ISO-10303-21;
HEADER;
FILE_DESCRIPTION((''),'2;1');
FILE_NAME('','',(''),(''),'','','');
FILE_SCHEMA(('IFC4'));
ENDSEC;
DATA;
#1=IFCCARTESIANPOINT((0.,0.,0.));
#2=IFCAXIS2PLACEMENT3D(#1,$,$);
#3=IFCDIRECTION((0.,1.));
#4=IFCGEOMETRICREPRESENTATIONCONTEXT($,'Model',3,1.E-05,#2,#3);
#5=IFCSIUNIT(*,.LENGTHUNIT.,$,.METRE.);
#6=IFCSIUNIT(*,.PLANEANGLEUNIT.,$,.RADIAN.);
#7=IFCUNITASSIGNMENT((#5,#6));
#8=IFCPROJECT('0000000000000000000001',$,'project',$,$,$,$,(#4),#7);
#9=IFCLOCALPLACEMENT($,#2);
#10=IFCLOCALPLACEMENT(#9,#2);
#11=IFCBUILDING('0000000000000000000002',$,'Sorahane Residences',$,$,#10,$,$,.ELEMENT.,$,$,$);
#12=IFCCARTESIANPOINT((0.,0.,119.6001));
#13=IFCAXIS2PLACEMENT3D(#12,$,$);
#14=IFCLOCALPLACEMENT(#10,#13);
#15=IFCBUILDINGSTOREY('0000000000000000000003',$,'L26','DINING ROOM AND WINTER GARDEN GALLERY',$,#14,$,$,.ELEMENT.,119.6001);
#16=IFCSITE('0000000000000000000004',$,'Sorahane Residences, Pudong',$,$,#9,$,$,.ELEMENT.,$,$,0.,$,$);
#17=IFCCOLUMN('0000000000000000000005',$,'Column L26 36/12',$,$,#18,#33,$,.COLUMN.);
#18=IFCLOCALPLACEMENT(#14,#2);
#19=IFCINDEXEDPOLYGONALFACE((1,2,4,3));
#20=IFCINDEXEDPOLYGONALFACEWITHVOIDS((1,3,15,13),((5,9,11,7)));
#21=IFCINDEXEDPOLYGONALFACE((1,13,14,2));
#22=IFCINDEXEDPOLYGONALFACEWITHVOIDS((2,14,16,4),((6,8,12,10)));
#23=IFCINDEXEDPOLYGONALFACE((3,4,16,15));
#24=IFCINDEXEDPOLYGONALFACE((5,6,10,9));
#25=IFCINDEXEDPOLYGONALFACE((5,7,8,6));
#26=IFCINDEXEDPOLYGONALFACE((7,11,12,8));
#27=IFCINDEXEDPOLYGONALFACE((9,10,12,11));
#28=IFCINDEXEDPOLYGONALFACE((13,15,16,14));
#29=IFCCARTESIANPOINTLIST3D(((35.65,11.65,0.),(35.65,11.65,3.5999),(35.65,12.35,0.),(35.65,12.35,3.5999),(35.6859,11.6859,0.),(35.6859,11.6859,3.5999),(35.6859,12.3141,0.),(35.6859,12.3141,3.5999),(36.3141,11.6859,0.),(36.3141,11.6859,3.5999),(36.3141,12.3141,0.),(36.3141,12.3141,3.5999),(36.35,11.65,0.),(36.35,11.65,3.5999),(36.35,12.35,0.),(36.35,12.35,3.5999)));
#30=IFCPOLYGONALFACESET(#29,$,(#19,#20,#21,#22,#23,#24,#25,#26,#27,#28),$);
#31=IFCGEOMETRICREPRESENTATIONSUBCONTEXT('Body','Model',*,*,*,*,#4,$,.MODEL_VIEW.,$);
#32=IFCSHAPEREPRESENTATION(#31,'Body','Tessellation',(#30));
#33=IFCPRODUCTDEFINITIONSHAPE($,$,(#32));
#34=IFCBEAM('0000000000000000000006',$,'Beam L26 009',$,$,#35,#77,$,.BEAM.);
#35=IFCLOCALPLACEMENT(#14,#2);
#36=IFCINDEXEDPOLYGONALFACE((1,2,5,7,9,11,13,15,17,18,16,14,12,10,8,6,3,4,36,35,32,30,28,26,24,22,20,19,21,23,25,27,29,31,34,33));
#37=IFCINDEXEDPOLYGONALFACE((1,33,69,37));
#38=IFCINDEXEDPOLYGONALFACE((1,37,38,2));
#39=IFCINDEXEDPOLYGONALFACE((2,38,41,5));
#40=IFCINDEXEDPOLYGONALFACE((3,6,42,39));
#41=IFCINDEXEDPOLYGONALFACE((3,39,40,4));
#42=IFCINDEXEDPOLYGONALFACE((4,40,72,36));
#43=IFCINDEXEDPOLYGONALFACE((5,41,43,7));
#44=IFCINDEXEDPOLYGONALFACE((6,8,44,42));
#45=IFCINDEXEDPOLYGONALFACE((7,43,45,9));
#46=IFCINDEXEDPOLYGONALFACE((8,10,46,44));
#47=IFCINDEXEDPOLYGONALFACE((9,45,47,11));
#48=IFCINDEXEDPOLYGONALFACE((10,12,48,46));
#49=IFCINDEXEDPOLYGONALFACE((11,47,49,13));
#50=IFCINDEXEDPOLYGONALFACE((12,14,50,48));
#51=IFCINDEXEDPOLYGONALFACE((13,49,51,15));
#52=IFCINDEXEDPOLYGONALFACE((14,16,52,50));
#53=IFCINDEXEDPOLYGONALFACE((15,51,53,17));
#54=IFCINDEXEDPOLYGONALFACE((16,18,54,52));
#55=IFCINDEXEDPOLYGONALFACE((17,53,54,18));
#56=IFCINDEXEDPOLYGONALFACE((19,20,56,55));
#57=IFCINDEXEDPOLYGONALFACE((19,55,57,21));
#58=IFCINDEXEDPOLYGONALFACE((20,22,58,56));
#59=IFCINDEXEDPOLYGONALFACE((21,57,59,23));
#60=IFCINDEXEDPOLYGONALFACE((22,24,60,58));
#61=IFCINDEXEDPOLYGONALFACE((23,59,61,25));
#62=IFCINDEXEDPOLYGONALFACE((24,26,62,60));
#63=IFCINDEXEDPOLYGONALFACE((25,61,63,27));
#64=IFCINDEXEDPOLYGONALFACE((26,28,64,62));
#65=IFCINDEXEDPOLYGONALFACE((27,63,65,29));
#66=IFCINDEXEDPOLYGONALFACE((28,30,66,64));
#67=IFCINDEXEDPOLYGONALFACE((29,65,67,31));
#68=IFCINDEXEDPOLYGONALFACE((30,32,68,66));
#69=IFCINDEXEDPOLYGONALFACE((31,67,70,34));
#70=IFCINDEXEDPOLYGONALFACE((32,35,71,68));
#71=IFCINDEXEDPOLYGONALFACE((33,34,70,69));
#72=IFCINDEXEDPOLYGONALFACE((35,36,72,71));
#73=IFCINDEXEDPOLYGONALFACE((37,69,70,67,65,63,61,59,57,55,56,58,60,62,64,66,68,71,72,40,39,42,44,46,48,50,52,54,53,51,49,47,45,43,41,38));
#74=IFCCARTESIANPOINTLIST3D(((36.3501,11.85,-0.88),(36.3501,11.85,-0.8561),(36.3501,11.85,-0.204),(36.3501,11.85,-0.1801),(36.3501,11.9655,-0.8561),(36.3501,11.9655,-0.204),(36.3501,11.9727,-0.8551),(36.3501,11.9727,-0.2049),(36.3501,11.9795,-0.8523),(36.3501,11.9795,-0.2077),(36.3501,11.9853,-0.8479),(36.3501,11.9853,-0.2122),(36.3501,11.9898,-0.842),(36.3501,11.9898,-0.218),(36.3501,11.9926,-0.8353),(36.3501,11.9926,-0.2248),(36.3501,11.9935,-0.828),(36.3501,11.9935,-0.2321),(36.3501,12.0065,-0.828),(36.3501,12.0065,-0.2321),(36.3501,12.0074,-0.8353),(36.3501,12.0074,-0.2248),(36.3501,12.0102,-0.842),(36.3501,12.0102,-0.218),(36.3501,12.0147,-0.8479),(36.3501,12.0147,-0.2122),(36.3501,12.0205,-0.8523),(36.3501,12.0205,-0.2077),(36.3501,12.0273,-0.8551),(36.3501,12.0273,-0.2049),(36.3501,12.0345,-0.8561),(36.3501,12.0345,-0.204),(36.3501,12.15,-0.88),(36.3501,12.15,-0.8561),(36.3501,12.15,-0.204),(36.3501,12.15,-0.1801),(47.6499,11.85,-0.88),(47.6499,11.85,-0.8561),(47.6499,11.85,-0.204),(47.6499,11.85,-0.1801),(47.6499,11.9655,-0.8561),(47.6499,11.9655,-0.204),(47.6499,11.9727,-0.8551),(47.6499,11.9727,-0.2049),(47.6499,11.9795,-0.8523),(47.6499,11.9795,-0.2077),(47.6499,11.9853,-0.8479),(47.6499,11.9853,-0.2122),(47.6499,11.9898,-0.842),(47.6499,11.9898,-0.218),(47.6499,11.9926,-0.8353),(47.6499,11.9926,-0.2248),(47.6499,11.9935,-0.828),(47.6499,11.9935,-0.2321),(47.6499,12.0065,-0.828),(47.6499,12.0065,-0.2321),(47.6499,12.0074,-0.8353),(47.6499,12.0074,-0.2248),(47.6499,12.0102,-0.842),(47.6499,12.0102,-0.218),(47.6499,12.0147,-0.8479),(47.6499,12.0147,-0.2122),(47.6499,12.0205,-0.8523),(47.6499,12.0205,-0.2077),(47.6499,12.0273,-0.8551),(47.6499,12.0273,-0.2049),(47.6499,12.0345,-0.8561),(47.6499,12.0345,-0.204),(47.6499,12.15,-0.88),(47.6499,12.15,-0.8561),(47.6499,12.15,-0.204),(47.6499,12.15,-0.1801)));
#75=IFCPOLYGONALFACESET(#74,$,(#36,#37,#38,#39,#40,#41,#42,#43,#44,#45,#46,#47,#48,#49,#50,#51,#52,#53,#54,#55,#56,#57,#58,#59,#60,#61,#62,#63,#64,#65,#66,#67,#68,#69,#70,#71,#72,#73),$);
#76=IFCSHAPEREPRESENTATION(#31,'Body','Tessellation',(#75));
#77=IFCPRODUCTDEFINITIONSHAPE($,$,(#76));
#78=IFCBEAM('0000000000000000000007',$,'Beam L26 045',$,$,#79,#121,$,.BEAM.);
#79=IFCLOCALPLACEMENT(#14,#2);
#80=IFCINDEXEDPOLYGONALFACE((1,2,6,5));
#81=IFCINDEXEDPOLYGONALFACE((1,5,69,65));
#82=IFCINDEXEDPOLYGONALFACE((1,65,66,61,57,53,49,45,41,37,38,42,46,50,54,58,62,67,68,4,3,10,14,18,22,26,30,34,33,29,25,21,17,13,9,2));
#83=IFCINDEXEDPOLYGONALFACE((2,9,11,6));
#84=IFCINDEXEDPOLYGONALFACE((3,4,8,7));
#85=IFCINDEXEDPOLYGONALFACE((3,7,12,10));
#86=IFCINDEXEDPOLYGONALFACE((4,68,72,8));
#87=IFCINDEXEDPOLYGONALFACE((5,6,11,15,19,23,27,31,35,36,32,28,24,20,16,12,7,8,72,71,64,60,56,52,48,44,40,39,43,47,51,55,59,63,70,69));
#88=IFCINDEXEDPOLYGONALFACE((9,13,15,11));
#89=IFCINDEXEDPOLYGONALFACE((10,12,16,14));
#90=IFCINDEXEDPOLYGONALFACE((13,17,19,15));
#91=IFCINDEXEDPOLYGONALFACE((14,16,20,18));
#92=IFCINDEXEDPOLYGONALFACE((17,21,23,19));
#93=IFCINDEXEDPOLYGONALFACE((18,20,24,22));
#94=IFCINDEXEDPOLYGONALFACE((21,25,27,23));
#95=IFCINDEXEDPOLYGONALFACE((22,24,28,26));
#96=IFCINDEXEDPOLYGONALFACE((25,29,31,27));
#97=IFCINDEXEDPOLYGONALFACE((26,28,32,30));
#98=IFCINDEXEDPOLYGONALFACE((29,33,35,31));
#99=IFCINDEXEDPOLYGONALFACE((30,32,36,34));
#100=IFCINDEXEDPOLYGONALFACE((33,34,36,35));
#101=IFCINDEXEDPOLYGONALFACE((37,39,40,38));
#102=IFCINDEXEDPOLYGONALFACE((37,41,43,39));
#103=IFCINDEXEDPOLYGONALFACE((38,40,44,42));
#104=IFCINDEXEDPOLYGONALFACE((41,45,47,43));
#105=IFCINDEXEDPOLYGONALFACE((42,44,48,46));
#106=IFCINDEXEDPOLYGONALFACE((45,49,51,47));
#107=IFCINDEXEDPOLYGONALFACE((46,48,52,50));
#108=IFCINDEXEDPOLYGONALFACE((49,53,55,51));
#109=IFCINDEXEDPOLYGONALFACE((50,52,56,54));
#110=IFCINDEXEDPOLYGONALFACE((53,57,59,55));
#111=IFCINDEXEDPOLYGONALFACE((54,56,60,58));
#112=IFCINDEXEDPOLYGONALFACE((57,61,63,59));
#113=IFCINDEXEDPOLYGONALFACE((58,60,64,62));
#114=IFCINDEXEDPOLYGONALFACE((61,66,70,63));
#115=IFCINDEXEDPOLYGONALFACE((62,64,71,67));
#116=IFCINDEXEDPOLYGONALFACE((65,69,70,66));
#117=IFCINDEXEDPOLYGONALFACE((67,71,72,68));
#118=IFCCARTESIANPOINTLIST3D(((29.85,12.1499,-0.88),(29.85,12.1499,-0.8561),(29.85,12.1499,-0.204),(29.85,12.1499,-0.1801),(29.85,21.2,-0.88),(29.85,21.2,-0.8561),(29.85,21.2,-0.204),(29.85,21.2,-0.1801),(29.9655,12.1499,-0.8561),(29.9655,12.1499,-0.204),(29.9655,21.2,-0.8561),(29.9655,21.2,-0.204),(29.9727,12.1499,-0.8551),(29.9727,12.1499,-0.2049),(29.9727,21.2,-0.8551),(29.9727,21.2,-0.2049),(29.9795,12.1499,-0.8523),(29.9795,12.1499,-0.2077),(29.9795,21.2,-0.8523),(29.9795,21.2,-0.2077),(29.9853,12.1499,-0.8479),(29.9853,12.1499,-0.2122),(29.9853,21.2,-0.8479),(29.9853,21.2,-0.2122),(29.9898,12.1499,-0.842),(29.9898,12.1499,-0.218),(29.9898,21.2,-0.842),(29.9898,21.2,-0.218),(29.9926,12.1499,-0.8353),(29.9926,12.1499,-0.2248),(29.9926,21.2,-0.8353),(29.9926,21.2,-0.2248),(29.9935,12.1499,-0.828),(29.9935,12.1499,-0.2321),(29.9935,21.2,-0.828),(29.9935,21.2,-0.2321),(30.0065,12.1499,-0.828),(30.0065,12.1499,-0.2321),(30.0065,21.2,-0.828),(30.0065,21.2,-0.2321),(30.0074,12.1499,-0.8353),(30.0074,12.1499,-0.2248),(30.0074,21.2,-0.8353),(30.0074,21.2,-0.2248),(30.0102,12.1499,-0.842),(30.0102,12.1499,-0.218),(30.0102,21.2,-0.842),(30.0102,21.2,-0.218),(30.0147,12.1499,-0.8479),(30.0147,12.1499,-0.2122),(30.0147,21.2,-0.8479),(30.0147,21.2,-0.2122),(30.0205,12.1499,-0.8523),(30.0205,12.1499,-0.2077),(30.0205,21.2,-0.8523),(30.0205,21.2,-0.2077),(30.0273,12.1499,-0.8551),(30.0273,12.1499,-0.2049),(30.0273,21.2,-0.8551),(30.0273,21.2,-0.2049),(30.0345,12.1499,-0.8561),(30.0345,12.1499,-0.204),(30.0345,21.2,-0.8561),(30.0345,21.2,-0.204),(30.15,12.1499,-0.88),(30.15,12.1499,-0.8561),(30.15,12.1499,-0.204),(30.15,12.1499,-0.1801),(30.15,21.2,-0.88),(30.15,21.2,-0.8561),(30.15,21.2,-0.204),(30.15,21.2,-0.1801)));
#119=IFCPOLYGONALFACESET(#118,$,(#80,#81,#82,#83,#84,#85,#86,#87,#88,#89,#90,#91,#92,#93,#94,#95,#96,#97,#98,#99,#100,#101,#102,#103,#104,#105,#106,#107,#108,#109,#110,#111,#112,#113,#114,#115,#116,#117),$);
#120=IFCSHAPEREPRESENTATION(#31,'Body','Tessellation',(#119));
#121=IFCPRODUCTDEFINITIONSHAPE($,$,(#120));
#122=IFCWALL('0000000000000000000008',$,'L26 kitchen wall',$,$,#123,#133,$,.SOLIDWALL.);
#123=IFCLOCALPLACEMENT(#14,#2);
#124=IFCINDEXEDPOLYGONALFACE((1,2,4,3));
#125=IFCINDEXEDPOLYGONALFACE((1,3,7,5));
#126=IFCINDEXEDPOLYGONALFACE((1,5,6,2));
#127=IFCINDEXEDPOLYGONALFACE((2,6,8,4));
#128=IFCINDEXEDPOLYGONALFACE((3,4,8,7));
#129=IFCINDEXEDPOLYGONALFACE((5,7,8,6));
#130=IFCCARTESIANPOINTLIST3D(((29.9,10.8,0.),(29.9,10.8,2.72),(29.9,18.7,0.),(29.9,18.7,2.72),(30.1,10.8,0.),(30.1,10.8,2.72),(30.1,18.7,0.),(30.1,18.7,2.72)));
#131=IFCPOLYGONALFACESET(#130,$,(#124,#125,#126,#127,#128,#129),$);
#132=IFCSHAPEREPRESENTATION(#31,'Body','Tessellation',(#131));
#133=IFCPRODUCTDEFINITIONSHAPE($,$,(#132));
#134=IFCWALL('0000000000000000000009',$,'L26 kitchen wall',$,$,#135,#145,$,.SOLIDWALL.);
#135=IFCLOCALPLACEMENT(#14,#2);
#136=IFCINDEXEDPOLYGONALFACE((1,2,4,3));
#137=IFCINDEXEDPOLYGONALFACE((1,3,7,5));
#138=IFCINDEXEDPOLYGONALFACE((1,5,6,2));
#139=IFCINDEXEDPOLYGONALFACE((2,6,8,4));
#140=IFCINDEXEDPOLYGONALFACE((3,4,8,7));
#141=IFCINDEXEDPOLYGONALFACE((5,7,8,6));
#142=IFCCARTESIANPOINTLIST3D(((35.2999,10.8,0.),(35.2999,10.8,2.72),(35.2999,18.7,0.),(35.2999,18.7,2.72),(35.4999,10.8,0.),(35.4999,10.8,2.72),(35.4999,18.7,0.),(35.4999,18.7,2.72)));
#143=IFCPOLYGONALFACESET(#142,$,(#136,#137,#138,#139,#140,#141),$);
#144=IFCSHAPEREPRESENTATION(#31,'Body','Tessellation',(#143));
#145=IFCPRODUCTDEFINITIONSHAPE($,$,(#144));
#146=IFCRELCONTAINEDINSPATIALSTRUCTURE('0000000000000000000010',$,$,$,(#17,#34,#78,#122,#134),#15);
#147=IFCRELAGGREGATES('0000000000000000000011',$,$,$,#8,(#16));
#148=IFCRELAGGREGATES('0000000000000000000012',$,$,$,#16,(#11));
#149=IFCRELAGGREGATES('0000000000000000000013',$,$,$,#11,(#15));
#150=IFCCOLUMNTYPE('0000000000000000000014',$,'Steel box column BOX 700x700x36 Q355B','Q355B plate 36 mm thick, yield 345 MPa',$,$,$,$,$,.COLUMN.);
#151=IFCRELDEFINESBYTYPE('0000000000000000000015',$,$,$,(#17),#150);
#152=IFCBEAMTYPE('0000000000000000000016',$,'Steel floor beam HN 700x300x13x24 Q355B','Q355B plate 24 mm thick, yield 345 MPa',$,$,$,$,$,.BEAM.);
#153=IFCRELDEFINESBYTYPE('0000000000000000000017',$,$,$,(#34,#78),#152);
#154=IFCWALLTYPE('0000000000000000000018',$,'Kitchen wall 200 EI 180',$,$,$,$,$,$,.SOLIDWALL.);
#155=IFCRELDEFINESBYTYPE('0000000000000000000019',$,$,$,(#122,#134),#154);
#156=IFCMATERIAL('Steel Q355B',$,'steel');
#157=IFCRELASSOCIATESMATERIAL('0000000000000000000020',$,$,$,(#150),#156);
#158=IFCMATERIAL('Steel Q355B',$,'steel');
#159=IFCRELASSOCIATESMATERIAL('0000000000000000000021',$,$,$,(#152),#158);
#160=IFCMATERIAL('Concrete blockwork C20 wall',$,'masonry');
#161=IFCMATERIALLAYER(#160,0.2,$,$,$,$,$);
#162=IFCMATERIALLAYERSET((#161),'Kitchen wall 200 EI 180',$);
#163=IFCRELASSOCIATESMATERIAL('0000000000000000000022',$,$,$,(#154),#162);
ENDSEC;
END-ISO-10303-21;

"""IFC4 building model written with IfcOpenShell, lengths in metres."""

from ifc_helpers import new_model, si_unit, direction, frame, frame_2d, origin, origin_2d, place, context, subcontext, project, spatial, rectangle, hollow_rectangle, i_section, extrude, material, layer, layer_set, material_profile, profile_set, type_object, element, save


model = new_model("IFC4")

# Units and contexts
model_context = context("Model", 3, precision=1e-05, world=origin(), true_north=direction((0.0, 1.0)))
body_context = subcontext(model_context, "Body", "Model", "MODEL_VIEW")
ifc_project = project(units=[si_unit("LENGTHUNIT", "METRE"), si_unit("PLANEANGLEUNIT", "RADIAN")], contexts=[model_context])

# Site, building, storey
site_placement = place(None, origin())
site = spatial("IfcSite", under=ifc_project, at=site_placement, Name="Sorahane Residences, Pudong", CompositionType="ELEMENT", RefElevation=0.0)
building_placement = place(site_placement, origin())
building = spatial("IfcBuilding", under=site, at=building_placement, Name="Sorahane Residences", CompositionType="ELEMENT")
storey_placement = place(building_placement, frame((0.0, 0.0, 119.6001)))
storey = spatial("IfcBuildingStorey", under=building, at=storey_placement, Name="L26", Description="DINING ROOM AND WINTER GARDEN GALLERY", CompositionType="ELEMENT", Elevation=119.6001)

# Column
ifc_material_1 = material(Name="Steel Q355B", Category="steel")
ifc_material_profile_1 = material_profile(ifc_material_1, hollow_rectangle(XDim=0.7, YDim=0.7, WallThickness=0.0359, at=origin_2d()), Name="BOX 700x700x36")
ifc_profile_set_1 = profile_set([ifc_material_profile_1], Name="Steel Q355B")
column_type = type_object("IfcColumnType", Name="Steel box column BOX 700x700x36 Q355B", Description="Q355B plate 36 mm thick, yield 345 MPa", PredefinedType="COLUMN", material=ifc_profile_set_1)
column_placement = place(storey_placement, frame((36.0, 12.0, 0.0), z_axis=(0.0, 0.0, 1.0), x_axis=(1.0, 0.0, 0.0)))
element("IfcColumn", 1, at=column_placement, inside=storey, type_object=column_type, Name="Column L26 36/12", PredefinedType="COLUMN", context=body_context, shape_type="SweptSolid", body=[
    extrude(hollow_rectangle(XDim=0.7, YDim=0.7, WallThickness=0.0359, at=origin_2d()), origin(), (0.0, 0.0, 1.0), 3.5999),
])

# Beams
ifc_material_2 = material(Name="Steel Q355B", Category="steel")
ifc_material_profile_2 = material_profile(ifc_material_2, i_section(OverallWidth=0.3, OverallDepth=0.7, WebThickness=0.0129, FlangeThickness=0.0239, FilletRadius=0.0281, at=origin_2d()), Name="HN 700x300x13x24")
ifc_profile_set_2 = profile_set([ifc_material_profile_2], Name="Steel Q355B")
beam_type = type_object("IfcBeamType", Name="Steel floor beam HN 700x300x13x24 Q355B", Description="Q355B plate 24 mm thick, yield 345 MPa", PredefinedType="BEAM", material=ifc_profile_set_2)
beam_1_placement = place(storey_placement, frame((36.3501, 12.0, -0.53), z_axis=(1.0, 0.0, 0.0), x_axis=(0.0, 1.0, 0.0)))
element("IfcBeam", 2, at=beam_1_placement, inside=storey, type_object=beam_type, Name="Beam L26 009", PredefinedType="BEAM", context=body_context, shape_type="SweptSolid", body=[
    extrude(i_section(OverallWidth=0.3, OverallDepth=0.7, WebThickness=0.0129, FlangeThickness=0.0239, FilletRadius=0.0281, at=origin_2d()), origin(), (0.0, 0.0, 1.0), 11.2998),
])
beam_2_placement = place(storey_placement, frame((30.0, 12.1499, -0.53), z_axis=(0.0, 1.0, 0.0), x_axis=(-1.0, 0.0, 0.0)))
element("IfcBeam", 3, at=beam_2_placement, inside=storey, type_object=beam_type, Name="Beam L26 045", PredefinedType="BEAM", context=body_context, shape_type="SweptSolid", body=[
    extrude(i_section(OverallWidth=0.3, OverallDepth=0.7, WebThickness=0.0129, FlangeThickness=0.0239, FilletRadius=0.0281, at=origin_2d()), origin(), (0.0, 0.0, 1.0), 9.05),
])

# Walls
ifc_material_3 = material(Name="Concrete blockwork C20 wall", Category="masonry")
ifc_layer_1 = layer(ifc_material_3, 0.2)
ifc_layer_set_1 = layer_set([ifc_layer_1], Name="Kitchen wall 200 EI 180")
wall_type_1 = type_object("IfcWallType", Name="Kitchen wall 200 EI 180", PredefinedType="SOLIDWALL", material=ifc_layer_set_1)
for number, where, z_axis, x_axis, name in (
    (4, (30.0, 10.8, 0.0), (0.0, 0.0, 1.0), (0.0, 1.0, 0.0), "L26 kitchen wall"),
    (5, (35.3999, 10.8, 0.0), (0.0, 0.0, 1.0), (0.0, 1.0, 0.0), "L26 kitchen wall"),
):
    element("IfcWall", number, at=place(storey_placement, frame(where, z_axis=z_axis, x_axis=x_axis)), inside=storey, type_object=wall_type_1, Name=name, PredefinedType="SOLIDWALL", context=body_context, shape_type="SweptSolid", body=[
        extrude(rectangle(XDim=7.8999, YDim=0.2, at=frame_2d((3.95, 0.0))), origin(), (0.0, 0.0, 1.0), 2.72),
    ])

save(model, "model.ifc")
